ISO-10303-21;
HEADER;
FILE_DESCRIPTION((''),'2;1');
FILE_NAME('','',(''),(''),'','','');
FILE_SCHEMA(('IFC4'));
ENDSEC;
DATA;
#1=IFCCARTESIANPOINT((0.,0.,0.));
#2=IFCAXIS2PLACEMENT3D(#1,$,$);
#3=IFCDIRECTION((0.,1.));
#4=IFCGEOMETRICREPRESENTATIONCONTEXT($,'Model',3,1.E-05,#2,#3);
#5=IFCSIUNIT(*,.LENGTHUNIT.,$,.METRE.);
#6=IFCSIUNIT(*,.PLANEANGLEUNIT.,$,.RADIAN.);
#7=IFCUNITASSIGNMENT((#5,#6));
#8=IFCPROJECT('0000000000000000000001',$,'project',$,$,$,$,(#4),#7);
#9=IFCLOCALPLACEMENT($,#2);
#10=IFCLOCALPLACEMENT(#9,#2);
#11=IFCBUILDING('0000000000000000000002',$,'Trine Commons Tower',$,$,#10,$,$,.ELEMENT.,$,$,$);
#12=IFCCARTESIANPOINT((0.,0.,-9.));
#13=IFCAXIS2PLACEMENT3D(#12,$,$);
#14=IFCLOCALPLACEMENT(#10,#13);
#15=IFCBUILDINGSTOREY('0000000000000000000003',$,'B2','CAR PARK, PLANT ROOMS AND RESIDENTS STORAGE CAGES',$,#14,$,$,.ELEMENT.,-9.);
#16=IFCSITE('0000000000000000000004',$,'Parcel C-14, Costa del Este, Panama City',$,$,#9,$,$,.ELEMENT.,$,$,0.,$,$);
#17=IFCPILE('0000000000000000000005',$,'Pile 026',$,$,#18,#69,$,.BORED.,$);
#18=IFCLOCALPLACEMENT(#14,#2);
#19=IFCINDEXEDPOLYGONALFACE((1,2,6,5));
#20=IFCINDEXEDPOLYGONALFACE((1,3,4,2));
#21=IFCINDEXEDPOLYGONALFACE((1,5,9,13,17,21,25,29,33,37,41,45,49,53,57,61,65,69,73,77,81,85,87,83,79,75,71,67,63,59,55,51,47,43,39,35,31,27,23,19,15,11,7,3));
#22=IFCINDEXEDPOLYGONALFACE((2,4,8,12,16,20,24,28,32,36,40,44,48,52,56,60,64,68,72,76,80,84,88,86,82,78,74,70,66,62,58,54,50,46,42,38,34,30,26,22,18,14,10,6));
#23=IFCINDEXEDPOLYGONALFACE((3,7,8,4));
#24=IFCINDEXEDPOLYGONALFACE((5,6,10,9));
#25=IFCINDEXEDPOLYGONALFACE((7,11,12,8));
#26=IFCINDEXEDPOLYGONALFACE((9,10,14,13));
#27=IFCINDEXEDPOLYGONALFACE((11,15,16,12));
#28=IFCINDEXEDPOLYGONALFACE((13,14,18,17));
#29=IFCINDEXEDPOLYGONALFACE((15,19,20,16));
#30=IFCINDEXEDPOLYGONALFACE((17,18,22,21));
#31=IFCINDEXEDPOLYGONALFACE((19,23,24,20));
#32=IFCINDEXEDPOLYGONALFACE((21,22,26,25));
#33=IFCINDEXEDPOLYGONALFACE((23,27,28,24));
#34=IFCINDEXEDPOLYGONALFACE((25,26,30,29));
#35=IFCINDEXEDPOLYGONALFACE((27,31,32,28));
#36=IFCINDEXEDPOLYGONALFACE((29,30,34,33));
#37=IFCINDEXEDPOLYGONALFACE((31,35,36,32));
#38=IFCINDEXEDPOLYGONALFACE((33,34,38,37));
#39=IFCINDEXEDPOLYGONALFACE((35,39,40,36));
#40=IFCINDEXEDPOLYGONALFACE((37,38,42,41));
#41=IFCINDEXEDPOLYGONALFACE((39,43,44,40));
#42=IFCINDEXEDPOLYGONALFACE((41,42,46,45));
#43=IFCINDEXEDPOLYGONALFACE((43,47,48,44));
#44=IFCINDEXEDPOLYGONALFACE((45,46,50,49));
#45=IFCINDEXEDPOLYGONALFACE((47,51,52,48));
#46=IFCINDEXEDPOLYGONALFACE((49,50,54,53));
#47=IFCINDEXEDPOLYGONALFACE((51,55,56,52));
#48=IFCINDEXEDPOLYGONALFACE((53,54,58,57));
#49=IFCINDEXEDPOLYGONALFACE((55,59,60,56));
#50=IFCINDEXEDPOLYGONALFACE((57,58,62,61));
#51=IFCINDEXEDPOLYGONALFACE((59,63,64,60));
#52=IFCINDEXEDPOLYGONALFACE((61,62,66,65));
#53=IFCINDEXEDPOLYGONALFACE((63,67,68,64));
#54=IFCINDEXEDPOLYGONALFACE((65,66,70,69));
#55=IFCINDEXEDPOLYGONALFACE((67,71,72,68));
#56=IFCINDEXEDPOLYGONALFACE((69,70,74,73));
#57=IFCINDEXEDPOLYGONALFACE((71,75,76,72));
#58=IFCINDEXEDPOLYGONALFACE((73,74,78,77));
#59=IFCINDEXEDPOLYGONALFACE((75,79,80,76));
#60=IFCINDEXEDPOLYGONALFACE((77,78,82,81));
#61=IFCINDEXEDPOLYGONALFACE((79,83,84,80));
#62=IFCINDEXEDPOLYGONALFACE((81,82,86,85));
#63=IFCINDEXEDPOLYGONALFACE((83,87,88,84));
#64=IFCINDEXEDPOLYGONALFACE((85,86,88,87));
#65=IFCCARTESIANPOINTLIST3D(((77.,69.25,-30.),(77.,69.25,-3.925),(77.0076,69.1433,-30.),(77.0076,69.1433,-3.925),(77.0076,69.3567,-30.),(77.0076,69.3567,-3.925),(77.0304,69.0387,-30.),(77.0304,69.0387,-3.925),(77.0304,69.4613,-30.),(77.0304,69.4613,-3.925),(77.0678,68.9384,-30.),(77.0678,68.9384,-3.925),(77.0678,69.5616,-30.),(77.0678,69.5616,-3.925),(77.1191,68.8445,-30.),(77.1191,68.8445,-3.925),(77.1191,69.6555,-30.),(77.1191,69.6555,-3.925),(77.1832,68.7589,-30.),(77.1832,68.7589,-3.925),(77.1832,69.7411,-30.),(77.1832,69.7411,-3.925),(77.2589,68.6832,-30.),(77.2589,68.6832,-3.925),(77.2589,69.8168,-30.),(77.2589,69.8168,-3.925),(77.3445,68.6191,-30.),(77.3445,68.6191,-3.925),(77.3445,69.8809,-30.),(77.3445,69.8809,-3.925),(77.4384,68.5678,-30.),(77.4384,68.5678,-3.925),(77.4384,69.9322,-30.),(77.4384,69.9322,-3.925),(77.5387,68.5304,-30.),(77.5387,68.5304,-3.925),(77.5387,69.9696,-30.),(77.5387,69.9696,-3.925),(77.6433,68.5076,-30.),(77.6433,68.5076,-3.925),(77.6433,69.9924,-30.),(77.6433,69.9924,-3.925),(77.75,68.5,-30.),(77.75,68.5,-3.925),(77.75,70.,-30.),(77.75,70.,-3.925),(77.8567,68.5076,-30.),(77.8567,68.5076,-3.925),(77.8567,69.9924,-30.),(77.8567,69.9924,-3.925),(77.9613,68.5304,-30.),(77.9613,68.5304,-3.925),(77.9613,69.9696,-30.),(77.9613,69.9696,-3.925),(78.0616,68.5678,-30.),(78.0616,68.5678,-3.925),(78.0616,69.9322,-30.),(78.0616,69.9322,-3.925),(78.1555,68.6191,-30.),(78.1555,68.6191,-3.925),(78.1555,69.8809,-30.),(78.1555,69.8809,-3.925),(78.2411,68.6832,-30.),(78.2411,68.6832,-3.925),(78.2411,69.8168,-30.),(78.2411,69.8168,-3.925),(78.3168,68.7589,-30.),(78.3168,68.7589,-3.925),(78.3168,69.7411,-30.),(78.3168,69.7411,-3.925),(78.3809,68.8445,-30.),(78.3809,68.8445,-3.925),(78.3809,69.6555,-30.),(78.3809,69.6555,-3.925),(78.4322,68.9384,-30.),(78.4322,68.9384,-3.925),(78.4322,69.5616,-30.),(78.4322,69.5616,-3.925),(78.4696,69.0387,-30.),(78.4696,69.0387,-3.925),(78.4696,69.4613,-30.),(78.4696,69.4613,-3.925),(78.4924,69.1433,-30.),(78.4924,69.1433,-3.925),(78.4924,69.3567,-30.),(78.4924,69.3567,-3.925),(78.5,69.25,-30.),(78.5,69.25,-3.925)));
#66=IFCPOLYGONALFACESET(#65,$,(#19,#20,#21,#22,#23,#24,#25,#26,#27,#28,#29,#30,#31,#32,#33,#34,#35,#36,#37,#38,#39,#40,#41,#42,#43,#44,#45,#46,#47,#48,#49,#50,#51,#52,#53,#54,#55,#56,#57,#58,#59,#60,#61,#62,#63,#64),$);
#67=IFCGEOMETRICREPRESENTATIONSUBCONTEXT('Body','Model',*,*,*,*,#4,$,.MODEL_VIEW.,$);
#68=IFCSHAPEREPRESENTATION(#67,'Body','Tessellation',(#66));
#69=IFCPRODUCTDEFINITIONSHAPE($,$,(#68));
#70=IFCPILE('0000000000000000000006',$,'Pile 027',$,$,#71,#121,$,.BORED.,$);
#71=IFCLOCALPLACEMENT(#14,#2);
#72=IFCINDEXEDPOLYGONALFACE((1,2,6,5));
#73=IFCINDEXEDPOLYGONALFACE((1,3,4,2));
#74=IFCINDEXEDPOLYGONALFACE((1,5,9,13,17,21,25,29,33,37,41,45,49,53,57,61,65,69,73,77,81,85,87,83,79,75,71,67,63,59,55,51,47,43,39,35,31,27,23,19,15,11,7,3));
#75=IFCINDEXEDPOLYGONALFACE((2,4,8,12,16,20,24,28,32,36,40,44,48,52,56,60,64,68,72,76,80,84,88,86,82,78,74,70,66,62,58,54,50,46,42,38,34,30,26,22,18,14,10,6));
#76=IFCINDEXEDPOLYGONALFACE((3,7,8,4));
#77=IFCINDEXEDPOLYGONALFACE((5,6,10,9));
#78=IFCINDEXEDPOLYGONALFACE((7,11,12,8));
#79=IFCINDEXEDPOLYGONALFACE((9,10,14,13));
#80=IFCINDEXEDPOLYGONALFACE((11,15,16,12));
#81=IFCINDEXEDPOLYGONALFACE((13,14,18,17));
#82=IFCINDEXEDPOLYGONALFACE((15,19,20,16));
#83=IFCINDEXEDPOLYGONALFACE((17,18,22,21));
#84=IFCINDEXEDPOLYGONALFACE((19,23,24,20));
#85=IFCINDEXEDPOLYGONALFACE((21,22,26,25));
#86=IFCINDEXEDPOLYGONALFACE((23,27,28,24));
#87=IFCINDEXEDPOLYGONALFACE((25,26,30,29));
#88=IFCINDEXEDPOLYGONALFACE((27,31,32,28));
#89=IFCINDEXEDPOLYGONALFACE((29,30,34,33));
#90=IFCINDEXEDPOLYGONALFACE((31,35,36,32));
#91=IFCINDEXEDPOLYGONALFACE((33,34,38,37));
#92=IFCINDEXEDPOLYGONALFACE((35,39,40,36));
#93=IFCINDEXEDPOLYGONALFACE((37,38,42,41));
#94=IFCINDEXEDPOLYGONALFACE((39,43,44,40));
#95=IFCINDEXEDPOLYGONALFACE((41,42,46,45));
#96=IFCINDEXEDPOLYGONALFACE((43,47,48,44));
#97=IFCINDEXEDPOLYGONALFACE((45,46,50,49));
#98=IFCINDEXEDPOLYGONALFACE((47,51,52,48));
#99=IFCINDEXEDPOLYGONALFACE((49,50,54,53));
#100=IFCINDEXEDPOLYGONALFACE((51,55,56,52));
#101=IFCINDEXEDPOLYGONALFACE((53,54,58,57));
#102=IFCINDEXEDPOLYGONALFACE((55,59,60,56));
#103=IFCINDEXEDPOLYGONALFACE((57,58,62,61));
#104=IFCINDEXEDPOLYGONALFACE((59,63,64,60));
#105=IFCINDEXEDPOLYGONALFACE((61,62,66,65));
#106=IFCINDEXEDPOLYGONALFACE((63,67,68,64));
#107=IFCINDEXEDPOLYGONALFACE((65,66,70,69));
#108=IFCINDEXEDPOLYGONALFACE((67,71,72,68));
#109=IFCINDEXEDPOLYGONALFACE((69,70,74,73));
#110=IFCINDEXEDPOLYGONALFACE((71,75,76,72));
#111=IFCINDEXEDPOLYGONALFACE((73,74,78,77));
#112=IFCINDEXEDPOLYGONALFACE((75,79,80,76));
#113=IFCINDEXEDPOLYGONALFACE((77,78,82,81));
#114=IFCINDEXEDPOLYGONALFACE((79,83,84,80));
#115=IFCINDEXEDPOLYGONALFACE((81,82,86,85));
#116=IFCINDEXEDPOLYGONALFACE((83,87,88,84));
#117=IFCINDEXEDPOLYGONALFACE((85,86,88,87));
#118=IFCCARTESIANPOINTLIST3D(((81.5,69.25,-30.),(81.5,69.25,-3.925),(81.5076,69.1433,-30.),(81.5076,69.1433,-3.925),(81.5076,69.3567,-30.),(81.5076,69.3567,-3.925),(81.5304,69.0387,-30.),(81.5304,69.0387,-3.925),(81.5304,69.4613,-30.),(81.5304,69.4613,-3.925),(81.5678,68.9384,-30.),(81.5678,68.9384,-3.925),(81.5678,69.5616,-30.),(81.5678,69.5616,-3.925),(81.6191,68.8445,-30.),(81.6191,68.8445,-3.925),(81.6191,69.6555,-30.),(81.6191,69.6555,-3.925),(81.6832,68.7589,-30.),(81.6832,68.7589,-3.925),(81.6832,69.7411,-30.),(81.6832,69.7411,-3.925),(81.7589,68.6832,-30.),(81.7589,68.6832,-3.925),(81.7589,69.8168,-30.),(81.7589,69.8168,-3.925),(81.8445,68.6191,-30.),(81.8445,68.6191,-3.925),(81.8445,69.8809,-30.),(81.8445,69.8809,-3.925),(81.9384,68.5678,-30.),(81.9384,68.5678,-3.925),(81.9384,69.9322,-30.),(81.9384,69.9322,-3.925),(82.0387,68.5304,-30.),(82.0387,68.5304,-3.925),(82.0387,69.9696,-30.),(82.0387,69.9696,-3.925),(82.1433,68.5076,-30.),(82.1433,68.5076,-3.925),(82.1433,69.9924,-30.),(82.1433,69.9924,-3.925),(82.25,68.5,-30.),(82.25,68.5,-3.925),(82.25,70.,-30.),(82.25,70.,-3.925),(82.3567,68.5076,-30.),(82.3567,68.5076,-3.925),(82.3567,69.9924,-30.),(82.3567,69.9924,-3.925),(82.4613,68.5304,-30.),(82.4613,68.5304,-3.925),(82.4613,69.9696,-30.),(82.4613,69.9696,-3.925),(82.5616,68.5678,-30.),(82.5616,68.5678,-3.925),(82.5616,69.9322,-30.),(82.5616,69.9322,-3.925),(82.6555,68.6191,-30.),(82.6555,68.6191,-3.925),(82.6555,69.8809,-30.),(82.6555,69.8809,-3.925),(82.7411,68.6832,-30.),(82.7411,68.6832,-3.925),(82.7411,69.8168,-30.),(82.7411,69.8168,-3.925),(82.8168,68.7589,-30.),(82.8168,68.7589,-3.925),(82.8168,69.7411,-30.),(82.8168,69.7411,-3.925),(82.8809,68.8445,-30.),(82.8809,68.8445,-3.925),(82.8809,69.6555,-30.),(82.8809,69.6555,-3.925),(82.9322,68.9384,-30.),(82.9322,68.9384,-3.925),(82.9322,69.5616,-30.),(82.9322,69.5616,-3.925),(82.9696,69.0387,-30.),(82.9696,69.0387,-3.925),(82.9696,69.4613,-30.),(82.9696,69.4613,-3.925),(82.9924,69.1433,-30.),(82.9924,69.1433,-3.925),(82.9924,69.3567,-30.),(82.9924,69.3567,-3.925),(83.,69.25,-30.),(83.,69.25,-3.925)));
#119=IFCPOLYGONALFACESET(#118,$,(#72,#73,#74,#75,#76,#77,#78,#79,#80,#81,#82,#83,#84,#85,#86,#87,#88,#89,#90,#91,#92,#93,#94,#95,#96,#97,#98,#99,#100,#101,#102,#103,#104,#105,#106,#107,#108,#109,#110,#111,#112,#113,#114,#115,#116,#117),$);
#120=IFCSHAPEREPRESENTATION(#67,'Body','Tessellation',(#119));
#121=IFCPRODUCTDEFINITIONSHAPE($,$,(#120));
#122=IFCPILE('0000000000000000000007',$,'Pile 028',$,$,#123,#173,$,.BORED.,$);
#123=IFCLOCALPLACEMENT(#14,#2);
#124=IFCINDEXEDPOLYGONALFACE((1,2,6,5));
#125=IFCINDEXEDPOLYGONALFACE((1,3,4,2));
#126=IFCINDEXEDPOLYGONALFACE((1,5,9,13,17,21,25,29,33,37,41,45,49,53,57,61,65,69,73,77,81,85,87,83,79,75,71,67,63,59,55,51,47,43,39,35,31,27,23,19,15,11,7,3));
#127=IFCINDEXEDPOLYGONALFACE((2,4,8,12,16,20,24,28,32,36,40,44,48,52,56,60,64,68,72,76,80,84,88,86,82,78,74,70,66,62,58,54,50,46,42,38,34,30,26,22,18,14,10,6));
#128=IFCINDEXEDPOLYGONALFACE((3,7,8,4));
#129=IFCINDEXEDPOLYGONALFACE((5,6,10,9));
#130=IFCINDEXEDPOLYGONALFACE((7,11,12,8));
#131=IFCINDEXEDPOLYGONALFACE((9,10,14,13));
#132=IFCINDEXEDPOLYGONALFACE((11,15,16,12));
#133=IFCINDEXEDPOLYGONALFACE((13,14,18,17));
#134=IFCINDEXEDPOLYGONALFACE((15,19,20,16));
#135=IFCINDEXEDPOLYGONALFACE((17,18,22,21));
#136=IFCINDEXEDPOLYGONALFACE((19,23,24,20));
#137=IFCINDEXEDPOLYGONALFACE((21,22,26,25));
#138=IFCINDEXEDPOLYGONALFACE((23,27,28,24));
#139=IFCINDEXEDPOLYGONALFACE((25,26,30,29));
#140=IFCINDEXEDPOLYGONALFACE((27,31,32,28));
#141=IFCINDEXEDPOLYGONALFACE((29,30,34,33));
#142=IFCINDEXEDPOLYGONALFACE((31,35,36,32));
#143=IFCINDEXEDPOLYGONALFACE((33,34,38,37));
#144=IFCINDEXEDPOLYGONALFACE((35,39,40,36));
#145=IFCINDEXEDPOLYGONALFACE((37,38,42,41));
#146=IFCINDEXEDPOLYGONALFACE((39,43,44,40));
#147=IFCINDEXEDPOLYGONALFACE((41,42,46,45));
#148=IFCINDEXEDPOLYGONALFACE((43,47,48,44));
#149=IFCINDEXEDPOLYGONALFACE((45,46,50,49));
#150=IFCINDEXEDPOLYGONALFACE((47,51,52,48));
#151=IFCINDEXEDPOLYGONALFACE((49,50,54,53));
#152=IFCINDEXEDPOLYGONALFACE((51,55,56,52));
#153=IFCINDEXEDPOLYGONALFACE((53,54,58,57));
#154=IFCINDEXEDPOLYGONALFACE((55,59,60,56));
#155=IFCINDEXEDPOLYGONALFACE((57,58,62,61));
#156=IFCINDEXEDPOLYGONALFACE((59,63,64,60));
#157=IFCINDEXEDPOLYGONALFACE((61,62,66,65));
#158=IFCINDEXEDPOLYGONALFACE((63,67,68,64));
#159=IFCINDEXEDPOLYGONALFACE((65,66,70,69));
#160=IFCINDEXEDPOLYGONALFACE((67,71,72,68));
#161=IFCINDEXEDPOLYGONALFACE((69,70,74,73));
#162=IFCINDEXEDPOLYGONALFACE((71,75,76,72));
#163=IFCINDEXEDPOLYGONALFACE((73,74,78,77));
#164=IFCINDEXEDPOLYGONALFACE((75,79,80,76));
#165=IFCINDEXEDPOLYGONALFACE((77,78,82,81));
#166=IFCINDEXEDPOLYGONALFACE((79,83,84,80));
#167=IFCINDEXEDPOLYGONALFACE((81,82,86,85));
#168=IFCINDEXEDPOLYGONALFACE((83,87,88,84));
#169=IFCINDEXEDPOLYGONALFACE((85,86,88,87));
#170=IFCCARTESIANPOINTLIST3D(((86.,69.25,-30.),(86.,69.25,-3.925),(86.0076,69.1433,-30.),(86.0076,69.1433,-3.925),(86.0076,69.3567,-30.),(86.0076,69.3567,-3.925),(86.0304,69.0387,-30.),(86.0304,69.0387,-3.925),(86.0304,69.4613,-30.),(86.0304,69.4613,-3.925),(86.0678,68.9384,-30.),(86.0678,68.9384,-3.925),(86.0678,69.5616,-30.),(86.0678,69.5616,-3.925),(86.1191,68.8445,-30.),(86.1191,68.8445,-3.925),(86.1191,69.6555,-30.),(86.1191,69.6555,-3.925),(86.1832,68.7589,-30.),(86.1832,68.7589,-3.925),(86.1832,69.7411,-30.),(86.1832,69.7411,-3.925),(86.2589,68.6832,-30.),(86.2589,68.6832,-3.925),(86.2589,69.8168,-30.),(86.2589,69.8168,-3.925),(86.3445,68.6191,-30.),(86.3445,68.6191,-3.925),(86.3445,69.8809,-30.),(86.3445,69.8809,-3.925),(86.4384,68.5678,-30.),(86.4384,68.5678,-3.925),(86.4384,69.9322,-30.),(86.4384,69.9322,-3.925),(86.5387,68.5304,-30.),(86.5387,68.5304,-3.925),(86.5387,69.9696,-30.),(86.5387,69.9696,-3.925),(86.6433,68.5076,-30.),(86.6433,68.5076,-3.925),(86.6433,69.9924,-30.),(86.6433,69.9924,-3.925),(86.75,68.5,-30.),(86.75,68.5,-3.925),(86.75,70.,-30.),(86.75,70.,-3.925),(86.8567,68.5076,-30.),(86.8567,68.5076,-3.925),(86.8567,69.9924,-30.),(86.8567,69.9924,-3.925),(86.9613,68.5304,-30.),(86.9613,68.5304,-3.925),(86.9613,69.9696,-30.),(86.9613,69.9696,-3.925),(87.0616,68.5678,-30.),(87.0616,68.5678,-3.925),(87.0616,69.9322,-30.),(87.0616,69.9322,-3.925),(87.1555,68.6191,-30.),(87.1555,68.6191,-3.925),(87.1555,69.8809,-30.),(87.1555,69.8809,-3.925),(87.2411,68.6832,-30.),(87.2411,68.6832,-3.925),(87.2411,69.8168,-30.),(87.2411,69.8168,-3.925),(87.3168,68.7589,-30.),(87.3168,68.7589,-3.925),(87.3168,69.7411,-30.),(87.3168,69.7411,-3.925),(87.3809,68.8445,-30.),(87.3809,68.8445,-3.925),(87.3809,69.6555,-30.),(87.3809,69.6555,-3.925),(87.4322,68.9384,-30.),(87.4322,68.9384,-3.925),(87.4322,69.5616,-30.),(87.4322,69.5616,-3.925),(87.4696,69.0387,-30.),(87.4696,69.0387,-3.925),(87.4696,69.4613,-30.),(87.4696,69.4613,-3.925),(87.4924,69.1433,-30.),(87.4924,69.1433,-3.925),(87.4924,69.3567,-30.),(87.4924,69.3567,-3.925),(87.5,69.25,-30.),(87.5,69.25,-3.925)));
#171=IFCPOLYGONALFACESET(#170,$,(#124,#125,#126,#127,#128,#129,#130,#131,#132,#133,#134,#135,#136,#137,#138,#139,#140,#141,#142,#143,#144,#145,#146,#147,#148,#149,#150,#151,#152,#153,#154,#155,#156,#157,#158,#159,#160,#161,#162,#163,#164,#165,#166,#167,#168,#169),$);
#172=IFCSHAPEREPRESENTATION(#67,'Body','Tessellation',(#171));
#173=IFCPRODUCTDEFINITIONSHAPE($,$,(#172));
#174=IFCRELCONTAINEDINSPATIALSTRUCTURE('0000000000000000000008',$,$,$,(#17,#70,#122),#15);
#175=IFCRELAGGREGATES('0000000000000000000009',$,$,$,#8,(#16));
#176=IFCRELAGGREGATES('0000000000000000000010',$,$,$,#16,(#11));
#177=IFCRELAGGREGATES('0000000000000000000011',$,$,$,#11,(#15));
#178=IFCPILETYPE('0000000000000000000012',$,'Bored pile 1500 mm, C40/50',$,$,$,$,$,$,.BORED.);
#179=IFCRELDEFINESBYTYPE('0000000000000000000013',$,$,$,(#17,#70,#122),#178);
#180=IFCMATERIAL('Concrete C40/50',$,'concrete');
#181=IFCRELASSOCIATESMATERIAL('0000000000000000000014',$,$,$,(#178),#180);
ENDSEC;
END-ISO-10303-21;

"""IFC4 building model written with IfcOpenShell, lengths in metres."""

from ifc_helpers import new_model, si_unit, direction, frame, origin, origin_2d, place, context, subcontext, project, spatial, circle, extrude, material, type_object, element, save


model = new_model("IFC4")

# Units and contexts
model_context = context("Model", 3, precision=1e-05, world=origin(), true_north=direction((0.0, 1.0)))
body_context = subcontext(model_context, "Body", "Model", "MODEL_VIEW")
ifc_project = project(units=[si_unit("LENGTHUNIT", "METRE"), si_unit("PLANEANGLEUNIT", "RADIAN")], contexts=[model_context])

# Site, building, storey
site_placement = place(None, origin())
site = spatial("IfcSite", under=ifc_project, at=site_placement, Name="Parcel C-14, Costa del Este, Panama City", CompositionType="ELEMENT", RefElevation=0.0)
building_placement = place(site_placement, origin())
building = spatial("IfcBuilding", under=site, at=building_placement, Name="Trine Commons Tower", CompositionType="ELEMENT")
storey_placement = place(building_placement, frame((0.0, 0.0, -9.0)))
storey = spatial("IfcBuildingStorey", under=building, at=storey_placement, Name="B2", Description="CAR PARK, PLANT ROOMS AND RESIDENTS STORAGE CAGES", CompositionType="ELEMENT", Elevation=-9.0)

# Piles
ifc_material_1 = material(Name="Concrete C40/50", Category="concrete")
pile_type = type_object("IfcPileType", Name="Bored pile 1500 mm, C40/50", PredefinedType="BORED", material=ifc_material_1)
for number, where, z_axis, x_axis, name in (
    (1, (77.75, 69.25, -3.925), (0.0, 0.0, -1.0), (1.0, 0.0, 0.0), "Pile 026"),
    (2, (82.25, 69.25, -3.925), (0.0, 0.0, -1.0), (1.0, 0.0, 0.0), "Pile 027"),
    (3, (86.75, 69.25, -3.925), (0.0, 0.0, -1.0), (1.0, 0.0, 0.0), "Pile 028"),
):
    element("IfcPile", number, at=place(storey_placement, frame(where, z_axis=z_axis, x_axis=x_axis)), inside=storey, type_object=pile_type, Name=name, PredefinedType="BORED", context=body_context, shape_type="SweptSolid", body=[
        extrude(circle(Radius=0.75, at=origin_2d()), origin(), (0.0, 0.0, 1.0), 26.075),
    ])

save(model, "model.ifc")
